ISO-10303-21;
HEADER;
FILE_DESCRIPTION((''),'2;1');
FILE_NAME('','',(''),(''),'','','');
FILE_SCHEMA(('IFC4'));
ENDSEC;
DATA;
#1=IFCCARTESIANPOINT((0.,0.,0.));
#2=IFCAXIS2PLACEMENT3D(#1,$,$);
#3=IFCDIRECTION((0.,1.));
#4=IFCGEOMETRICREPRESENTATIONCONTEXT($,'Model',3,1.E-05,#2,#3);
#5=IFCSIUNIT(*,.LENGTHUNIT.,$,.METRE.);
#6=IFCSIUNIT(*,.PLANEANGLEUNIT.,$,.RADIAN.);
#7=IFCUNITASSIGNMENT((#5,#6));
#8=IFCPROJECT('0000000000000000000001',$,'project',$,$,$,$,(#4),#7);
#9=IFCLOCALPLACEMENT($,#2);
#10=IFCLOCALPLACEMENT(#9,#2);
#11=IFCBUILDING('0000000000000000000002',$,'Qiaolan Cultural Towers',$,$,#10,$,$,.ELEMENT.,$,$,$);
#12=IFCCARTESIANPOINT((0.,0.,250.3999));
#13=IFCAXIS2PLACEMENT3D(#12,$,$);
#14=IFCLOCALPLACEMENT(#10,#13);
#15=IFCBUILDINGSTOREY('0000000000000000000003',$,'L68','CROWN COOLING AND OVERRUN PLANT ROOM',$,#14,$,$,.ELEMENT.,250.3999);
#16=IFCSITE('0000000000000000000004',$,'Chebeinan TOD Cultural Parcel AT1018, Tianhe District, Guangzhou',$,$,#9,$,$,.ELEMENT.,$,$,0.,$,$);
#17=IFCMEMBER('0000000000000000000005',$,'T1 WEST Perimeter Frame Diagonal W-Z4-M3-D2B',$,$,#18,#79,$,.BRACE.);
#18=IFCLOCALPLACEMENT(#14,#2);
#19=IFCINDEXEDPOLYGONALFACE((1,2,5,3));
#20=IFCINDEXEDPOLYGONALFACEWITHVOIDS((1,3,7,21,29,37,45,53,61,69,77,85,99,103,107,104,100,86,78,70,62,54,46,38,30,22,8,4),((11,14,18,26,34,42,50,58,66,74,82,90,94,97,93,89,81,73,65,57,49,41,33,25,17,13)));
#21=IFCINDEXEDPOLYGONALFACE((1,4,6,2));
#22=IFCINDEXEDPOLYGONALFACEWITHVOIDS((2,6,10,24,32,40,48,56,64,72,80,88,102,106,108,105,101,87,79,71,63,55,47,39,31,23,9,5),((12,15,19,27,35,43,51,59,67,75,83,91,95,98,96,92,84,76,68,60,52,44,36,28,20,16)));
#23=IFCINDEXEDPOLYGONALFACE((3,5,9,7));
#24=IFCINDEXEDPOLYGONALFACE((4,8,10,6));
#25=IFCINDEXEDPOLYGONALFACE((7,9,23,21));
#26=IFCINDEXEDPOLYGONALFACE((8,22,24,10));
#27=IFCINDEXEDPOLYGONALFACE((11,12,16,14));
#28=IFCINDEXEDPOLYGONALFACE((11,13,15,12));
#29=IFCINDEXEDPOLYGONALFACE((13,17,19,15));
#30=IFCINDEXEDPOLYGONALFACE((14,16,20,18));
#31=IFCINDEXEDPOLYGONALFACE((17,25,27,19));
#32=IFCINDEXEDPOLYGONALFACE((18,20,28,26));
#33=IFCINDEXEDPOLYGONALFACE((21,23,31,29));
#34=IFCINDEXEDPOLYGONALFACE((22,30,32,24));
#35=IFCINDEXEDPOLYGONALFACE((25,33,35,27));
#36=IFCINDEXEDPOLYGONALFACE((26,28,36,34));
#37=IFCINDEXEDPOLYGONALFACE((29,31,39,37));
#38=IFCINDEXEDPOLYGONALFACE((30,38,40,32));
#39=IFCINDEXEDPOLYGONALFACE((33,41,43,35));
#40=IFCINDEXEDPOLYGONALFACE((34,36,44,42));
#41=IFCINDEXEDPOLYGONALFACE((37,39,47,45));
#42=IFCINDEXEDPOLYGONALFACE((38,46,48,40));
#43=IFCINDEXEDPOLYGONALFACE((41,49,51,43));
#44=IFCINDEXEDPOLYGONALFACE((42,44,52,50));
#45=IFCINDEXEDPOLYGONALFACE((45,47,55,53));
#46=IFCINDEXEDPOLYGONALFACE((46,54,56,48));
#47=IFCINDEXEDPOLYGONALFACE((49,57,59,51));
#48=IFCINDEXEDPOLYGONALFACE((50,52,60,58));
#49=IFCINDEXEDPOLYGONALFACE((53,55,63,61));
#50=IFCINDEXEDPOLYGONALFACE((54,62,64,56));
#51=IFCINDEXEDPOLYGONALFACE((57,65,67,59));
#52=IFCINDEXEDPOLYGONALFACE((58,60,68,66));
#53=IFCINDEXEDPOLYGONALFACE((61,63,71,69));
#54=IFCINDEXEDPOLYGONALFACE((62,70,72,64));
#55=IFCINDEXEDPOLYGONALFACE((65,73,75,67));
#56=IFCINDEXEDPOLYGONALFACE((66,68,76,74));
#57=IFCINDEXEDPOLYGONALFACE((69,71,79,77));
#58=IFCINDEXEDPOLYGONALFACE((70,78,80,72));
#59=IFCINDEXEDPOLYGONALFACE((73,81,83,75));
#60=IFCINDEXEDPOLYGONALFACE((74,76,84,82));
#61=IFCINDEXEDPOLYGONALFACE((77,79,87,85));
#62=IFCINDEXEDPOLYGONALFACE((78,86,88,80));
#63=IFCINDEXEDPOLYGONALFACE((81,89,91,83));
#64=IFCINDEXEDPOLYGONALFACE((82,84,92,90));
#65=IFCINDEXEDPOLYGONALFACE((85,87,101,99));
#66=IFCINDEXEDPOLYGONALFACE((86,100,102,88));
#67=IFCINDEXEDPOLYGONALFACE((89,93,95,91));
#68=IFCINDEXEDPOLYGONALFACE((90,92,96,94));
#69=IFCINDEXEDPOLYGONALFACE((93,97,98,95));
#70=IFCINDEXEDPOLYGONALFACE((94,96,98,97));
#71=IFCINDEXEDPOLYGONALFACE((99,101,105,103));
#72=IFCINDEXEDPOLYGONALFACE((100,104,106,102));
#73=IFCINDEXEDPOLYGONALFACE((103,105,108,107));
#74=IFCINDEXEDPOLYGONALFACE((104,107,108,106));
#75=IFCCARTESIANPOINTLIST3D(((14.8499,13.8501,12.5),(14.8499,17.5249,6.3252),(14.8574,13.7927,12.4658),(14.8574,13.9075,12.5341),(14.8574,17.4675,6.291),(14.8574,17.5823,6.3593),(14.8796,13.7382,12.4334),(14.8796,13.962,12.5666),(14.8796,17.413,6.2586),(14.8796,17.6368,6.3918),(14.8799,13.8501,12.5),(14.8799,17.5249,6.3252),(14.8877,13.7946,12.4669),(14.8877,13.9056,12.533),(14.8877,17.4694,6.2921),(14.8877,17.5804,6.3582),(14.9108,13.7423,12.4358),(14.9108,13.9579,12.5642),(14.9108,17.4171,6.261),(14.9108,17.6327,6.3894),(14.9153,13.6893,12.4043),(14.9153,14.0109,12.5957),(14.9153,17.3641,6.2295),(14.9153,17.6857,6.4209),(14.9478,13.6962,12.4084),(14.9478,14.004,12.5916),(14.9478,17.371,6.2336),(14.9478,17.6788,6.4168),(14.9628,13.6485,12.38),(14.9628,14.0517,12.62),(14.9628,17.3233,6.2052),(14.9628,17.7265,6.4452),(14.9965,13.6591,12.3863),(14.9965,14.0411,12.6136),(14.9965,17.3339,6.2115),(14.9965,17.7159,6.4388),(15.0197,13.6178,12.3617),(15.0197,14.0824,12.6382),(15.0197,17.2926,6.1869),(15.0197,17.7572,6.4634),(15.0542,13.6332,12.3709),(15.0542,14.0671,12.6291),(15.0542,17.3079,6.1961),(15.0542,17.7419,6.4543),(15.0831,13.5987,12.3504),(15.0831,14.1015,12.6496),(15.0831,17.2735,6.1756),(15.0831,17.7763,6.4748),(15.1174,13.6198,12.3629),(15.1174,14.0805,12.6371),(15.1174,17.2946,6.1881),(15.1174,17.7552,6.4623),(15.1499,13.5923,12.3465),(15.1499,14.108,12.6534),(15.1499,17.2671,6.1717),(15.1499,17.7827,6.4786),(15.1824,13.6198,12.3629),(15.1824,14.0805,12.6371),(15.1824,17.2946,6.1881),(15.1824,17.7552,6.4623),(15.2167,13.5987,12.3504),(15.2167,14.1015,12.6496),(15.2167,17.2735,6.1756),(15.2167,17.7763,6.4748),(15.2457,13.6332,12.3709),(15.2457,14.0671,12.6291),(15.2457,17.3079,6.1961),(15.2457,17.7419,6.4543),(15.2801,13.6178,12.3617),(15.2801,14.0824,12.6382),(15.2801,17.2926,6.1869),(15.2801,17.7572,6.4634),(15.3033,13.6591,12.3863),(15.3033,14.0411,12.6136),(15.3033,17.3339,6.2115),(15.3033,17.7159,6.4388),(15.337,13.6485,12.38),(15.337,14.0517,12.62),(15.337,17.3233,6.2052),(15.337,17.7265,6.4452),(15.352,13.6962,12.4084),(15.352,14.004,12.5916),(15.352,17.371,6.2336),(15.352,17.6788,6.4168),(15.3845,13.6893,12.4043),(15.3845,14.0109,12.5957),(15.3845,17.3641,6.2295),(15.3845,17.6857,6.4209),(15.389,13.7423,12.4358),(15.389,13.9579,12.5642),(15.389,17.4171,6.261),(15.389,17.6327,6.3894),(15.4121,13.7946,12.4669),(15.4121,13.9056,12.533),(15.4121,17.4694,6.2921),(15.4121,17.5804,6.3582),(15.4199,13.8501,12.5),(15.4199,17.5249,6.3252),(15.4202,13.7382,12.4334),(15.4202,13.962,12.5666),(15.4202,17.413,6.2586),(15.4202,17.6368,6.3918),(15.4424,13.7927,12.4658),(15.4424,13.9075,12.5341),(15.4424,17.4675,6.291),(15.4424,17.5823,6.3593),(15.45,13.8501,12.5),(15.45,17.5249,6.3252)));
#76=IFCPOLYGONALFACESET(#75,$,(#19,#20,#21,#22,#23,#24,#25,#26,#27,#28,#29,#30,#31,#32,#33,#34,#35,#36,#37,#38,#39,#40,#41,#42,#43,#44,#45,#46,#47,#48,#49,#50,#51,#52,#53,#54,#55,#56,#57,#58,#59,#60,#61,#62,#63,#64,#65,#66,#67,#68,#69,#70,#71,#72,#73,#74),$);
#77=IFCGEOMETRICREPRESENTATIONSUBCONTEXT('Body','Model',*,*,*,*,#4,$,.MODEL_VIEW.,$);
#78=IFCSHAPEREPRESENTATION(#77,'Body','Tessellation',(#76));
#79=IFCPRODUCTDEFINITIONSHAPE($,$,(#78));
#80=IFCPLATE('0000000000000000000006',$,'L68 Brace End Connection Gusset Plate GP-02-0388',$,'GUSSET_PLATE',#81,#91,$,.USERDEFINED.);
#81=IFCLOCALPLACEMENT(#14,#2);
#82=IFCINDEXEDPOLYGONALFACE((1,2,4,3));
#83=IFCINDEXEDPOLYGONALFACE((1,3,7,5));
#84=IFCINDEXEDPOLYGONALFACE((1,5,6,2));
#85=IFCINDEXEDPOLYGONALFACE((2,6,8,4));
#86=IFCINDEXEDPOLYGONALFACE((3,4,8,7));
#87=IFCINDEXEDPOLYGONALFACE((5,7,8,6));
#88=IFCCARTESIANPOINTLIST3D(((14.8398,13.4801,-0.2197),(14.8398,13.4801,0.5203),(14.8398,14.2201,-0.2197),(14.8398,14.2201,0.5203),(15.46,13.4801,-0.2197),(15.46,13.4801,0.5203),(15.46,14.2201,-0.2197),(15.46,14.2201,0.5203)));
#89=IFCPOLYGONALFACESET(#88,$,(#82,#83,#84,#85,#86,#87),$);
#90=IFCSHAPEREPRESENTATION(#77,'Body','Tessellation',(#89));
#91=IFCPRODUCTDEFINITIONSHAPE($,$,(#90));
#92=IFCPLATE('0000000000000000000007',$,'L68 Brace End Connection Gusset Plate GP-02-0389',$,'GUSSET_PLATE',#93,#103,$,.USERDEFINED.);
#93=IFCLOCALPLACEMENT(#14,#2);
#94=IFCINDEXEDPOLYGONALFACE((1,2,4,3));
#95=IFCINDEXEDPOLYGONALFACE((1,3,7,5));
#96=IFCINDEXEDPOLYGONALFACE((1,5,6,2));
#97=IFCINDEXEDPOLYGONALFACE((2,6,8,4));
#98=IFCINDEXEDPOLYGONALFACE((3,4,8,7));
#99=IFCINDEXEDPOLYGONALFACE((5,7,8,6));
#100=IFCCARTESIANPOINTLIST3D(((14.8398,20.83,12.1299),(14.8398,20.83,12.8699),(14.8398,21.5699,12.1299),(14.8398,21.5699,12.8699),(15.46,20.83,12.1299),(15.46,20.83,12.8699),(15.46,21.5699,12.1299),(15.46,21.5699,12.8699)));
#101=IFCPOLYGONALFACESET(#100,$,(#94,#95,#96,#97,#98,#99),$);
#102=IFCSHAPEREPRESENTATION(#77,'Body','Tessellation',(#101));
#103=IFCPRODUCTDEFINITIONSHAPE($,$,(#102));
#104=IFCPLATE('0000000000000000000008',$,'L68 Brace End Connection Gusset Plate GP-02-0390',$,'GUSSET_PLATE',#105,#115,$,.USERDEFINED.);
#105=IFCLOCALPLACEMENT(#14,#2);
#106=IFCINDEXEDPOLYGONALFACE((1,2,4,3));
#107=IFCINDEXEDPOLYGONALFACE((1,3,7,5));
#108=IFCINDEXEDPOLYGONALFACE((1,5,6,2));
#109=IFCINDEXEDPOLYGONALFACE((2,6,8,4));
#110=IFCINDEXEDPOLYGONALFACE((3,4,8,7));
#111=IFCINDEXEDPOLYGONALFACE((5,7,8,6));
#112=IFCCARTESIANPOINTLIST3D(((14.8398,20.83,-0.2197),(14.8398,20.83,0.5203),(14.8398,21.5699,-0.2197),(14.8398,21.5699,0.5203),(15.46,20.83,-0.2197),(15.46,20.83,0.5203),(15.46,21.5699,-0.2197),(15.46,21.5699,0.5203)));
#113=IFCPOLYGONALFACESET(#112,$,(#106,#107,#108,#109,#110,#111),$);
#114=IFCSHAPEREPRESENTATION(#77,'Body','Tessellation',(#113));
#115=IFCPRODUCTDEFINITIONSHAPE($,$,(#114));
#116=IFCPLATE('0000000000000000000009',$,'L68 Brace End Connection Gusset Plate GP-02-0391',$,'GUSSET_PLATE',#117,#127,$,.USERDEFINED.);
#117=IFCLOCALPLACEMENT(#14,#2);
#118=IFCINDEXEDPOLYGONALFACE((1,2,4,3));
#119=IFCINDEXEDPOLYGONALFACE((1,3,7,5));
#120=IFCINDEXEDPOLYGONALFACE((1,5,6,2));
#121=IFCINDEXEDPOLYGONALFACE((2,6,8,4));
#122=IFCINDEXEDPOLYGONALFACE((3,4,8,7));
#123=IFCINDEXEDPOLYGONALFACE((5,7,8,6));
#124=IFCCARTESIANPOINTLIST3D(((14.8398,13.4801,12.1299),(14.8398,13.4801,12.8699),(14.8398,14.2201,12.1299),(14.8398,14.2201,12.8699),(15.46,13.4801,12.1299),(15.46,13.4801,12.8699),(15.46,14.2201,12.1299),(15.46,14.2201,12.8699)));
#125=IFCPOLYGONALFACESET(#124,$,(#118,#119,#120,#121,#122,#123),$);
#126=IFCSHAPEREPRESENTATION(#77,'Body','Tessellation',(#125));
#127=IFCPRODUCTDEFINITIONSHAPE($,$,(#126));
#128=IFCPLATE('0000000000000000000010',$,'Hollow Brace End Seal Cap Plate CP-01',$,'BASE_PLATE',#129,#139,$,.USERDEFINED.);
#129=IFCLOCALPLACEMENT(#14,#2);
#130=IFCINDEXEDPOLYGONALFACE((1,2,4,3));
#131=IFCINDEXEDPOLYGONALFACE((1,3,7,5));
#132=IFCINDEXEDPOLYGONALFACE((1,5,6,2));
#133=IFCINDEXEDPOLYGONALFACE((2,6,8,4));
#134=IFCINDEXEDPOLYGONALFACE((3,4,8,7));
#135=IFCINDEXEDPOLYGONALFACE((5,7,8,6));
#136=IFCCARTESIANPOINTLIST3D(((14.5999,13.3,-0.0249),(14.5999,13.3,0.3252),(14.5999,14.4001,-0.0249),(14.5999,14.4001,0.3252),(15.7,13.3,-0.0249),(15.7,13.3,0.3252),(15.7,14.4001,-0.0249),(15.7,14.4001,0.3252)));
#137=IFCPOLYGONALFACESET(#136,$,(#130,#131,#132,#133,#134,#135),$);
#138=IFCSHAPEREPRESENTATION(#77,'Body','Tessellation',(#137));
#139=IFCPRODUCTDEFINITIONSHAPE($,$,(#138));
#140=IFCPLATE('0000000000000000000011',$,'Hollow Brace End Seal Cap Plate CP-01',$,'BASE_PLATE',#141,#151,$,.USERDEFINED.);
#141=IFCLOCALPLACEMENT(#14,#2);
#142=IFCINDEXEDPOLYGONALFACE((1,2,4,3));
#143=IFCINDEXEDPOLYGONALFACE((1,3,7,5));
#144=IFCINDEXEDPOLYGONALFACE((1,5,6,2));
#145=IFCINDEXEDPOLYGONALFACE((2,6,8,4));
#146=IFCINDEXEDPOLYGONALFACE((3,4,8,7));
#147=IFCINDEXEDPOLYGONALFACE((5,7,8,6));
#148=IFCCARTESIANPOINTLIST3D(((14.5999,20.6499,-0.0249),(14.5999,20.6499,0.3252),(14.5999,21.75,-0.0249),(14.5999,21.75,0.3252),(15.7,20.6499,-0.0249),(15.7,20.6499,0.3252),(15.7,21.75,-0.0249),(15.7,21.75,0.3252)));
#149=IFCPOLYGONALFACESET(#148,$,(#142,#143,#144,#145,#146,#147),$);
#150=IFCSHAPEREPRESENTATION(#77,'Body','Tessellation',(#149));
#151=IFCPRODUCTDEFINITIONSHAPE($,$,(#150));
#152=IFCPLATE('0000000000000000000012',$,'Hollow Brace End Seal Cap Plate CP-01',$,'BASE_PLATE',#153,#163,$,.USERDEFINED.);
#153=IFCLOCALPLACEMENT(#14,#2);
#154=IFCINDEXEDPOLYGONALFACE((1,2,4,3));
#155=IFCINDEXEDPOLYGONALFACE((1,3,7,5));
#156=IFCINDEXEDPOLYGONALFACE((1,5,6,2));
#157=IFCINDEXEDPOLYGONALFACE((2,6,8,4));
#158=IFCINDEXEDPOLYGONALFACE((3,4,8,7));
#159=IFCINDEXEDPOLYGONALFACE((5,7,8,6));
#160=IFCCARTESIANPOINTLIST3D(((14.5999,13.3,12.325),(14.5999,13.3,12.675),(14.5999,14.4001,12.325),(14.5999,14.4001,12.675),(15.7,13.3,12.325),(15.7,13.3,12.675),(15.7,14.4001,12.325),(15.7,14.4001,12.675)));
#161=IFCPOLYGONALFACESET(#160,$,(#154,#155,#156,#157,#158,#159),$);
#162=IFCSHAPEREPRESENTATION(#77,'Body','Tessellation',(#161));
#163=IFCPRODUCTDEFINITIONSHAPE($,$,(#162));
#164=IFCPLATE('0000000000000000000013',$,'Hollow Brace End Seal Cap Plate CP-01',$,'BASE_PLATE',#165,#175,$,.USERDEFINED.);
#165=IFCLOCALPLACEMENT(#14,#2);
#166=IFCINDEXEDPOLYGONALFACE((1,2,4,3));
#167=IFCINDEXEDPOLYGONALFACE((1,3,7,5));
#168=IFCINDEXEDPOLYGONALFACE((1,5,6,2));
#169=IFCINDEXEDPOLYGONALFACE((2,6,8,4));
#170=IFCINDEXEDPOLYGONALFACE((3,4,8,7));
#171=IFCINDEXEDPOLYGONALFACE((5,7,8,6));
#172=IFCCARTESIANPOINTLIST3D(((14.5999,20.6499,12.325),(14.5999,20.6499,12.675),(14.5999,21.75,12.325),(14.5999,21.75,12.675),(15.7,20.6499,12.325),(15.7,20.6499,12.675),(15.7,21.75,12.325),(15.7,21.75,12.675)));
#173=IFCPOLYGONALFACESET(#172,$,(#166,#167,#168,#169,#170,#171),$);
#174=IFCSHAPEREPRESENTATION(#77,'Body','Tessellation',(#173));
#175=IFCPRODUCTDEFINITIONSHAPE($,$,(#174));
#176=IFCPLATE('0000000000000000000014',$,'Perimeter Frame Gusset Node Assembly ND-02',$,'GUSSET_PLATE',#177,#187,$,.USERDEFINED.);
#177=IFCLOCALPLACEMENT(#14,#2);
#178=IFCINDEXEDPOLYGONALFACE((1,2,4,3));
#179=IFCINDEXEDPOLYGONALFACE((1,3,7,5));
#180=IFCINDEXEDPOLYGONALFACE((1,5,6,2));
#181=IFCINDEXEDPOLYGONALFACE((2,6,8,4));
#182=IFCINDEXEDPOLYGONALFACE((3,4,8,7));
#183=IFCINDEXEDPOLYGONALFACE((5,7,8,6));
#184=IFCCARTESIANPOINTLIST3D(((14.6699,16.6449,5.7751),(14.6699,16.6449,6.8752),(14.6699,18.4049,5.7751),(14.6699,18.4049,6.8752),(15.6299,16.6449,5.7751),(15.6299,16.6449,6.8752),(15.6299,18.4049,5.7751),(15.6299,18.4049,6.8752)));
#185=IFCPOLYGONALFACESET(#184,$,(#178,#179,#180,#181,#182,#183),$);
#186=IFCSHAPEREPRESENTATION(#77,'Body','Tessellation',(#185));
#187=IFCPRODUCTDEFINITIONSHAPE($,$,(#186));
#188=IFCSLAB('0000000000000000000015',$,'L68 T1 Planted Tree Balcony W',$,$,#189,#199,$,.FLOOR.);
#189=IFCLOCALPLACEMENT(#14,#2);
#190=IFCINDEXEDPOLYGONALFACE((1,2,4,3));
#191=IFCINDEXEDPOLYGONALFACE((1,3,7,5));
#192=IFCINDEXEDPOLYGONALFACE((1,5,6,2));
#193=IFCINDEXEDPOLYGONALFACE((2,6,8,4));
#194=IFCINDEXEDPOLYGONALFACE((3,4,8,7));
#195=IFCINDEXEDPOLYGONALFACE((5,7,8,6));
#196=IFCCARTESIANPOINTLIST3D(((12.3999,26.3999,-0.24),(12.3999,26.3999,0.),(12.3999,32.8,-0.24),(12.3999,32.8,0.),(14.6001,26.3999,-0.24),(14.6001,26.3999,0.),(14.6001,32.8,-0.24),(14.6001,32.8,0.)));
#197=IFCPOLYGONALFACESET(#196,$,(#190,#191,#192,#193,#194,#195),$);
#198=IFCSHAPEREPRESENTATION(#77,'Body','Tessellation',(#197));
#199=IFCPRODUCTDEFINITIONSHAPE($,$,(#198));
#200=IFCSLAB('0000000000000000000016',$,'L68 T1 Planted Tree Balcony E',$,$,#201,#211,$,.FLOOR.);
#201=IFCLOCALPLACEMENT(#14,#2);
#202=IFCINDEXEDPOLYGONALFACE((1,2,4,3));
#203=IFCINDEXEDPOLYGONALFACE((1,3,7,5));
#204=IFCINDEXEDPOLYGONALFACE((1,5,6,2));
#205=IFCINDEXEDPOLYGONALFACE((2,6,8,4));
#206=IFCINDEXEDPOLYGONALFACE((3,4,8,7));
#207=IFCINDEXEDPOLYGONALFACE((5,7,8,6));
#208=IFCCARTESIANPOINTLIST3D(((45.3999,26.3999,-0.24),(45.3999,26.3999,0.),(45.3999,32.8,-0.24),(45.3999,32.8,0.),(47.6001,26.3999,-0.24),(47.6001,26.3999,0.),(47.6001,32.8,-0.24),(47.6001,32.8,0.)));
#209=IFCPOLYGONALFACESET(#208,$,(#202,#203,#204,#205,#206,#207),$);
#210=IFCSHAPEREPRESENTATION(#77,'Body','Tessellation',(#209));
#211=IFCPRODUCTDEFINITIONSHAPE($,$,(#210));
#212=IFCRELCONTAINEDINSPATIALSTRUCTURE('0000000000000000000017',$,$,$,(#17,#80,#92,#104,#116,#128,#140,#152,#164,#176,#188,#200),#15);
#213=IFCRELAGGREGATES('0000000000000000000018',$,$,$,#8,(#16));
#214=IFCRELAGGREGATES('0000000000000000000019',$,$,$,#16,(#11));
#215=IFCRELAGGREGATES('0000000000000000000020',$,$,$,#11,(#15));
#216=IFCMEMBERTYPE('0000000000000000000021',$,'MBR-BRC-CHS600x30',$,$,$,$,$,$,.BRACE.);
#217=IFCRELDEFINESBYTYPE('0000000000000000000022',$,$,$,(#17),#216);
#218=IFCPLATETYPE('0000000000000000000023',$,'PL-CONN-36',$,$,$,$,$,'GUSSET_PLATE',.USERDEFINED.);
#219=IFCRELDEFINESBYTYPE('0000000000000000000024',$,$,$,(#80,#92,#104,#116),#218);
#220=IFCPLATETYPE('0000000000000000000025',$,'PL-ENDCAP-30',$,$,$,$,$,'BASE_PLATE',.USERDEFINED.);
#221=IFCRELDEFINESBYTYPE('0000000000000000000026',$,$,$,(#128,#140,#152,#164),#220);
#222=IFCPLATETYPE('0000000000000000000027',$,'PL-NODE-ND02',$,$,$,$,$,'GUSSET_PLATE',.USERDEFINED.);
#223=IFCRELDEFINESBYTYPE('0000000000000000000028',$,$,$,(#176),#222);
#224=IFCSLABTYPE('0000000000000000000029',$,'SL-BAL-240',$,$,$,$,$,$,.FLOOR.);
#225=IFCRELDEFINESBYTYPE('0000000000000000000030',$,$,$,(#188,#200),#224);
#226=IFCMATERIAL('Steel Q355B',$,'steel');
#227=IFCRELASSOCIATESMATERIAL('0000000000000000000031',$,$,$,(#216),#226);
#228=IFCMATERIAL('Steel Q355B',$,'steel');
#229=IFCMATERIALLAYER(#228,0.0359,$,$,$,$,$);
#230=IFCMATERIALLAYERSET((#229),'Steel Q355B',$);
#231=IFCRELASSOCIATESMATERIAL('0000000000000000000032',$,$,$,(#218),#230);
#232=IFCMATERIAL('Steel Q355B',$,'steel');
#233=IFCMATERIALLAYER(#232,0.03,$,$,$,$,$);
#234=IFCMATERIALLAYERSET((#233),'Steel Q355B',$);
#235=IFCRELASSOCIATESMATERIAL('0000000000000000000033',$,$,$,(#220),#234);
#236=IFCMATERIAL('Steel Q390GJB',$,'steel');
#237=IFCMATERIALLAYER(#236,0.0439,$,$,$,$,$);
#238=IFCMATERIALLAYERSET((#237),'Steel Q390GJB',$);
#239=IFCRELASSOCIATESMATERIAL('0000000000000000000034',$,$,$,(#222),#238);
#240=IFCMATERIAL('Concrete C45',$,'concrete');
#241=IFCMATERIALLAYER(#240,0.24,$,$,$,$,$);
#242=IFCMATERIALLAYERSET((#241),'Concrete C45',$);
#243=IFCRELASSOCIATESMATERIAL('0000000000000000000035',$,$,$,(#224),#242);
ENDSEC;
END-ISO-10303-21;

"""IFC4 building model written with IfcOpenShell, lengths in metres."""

from ifc_helpers import new_model, si_unit, direction, frame, origin, origin_2d, place, context, subcontext, project, spatial, polyline, rectangle, hollow_circle, outline, extrude, material, layer, layer_set, material_profile, profile_set, type_object, element, save


model = new_model("IFC4")

# Units and contexts
model_context = context("Model", 3, precision=1e-05, world=origin(), true_north=direction((0.0, 1.0)))
body_context = subcontext(model_context, "Body", "Model", "MODEL_VIEW")
ifc_project = project(units=[si_unit("LENGTHUNIT", "METRE"), si_unit("PLANEANGLEUNIT", "RADIAN")], contexts=[model_context])

# Site, building, storey
site_placement = place(None, origin())
site = spatial("IfcSite", under=ifc_project, at=site_placement, Name="Chebeinan TOD Cultural Parcel AT1018, Tianhe District, Guangzhou", CompositionType="ELEMENT", RefElevation=0.0)
building_placement = place(site_placement, origin())
building = spatial("IfcBuilding", under=site, at=building_placement, Name="Qiaolan Cultural Towers", CompositionType="ELEMENT")
storey_placement = place(building_placement, frame((0.0, 0.0, 250.3999)))
storey = spatial("IfcBuildingStorey", under=building, at=storey_placement, Name="L68", Description="CROWN COOLING AND OVERRUN PLANT ROOM", CompositionType="ELEMENT", Elevation=250.3999)

# Member
ifc_material_1 = material(Name="Steel Q355B", Category="steel")
ifc_material_profile = material_profile(ifc_material_1, hollow_circle(Radius=0.3, WallThickness=0.03, at=origin_2d()), Name="CHS600x30")
ifc_profile_set = profile_set([ifc_material_profile], Name="Steel Q355B")
member_type = type_object("IfcMemberType", Name="MBR-BRC-CHS600x30", PredefinedType="BRACE", material=ifc_profile_set)
member_placement = place(storey_placement, frame((15.1499, 17.5249, 6.3252), z_axis=(0.0, -0.511415, 0.859334), x_axis=(1.0, 0.0, 0.0)))
element("IfcMember", 1, at=member_placement, inside=storey, type_object=member_type, Name="T1 WEST Perimeter Frame Diagonal W-Z4-M3-D2B", PredefinedType="BRACE", context=body_context, shape_type="SweptSolid", body=[
    extrude(hollow_circle(Radius=0.3, WallThickness=0.03, at=origin_2d()), origin(), (0.0, 0.0, 1.0), 7.1855),
])

# Plates
ifc_material_2 = material(Name="Steel Q355B", Category="steel")
ifc_layer_1 = layer(ifc_material_2, 0.0359)
ifc_layer_set_1 = layer_set([ifc_layer_1], Name="Steel Q355B")
plate_type_1 = type_object("IfcPlateType", Name="PL-CONN-36", ElementType="GUSSET_PLATE", PredefinedType="USERDEFINED", material=ifc_layer_set_1)
for number, where, z_axis, x_axis, name in (
    (2, (15.1499, 13.8501, -0.2197), (0.0, 0.0, 1.0), (0.0, 1.0, 0.0), "L68 Brace End Connection Gusset Plate GP-02-0388"),
    (3, (15.1499, 21.2, 12.1299), (0.0, 0.0, 1.0), (0.0, 1.0, 0.0), "L68 Brace End Connection Gusset Plate GP-02-0389"),
    (4, (15.1499, 21.2, -0.2197), (0.0, 0.0, 1.0), (0.0, 1.0, 0.0), "L68 Brace End Connection Gusset Plate GP-02-0390"),
    (5, (15.1499, 13.8501, 12.1299), (0.0, 0.0, 1.0), (0.0, 1.0, 0.0), "L68 Brace End Connection Gusset Plate GP-02-0391"),
):
    element("IfcPlate", number, at=place(storey_placement, frame(where, z_axis=z_axis, x_axis=x_axis)), inside=storey, type_object=plate_type_1, Name=name, ObjectType="GUSSET_PLATE", PredefinedType="USERDEFINED", context=body_context, shape_type="SweptSolid", body=[
        extrude(rectangle(XDim=0.74, YDim=0.6201, at=origin_2d()), origin(), (0.0, 0.0, 1.0), 0.74),
    ])
ifc_material_3 = material(Name="Steel Q355B", Category="steel")
ifc_layer_2 = layer(ifc_material_3, 0.03)
ifc_layer_set_2 = layer_set([ifc_layer_2], Name="Steel Q355B")
plate_type_2 = type_object("IfcPlateType", Name="PL-ENDCAP-30", ElementType="BASE_PLATE", PredefinedType="USERDEFINED", material=ifc_layer_set_2)
for number, where, z_axis, x_axis, name in (
    (6, (15.1499, 13.8501, -0.0249), (0.0, 0.0, 1.0), (0.0, 1.0, 0.0), "Hollow Brace End Seal Cap Plate CP-01"),
    (7, (15.1499, 21.2, -0.0249), (0.0, 0.0, 1.0), (0.0, 1.0, 0.0), "Hollow Brace End Seal Cap Plate CP-01"),
    (8, (15.1499, 13.8501, 12.325), (0.0, 0.0, 1.0), (0.0, 1.0, 0.0), "Hollow Brace End Seal Cap Plate CP-01"),
    (9, (15.1499, 21.2, 12.325), (0.0, 0.0, 1.0), (0.0, 1.0, 0.0), "Hollow Brace End Seal Cap Plate CP-01"),
):
    element("IfcPlate", number, at=place(storey_placement, frame(where, z_axis=z_axis, x_axis=x_axis)), inside=storey, type_object=plate_type_2, Name=name, ObjectType="BASE_PLATE", PredefinedType="USERDEFINED", context=body_context, shape_type="SweptSolid", body=[
        extrude(rectangle(XDim=1.1001, YDim=1.1001, at=origin_2d()), origin(), (0.0, 0.0, 1.0), 0.3501),
    ])
ifc_material_4 = material(Name="Steel Q390GJB", Category="steel")
ifc_layer_3 = layer(ifc_material_4, 0.0439)
ifc_layer_set_3 = layer_set([ifc_layer_3], Name="Steel Q390GJB")
plate_type_3 = type_object("IfcPlateType", Name="PL-NODE-ND02", ElementType="GUSSET_PLATE", PredefinedType="USERDEFINED", material=ifc_layer_set_3)
plate_placement = place(storey_placement, frame((15.1499, 17.5249, 5.7751), z_axis=(0.0, 0.0, 1.0), x_axis=(0.0, 1.0, 0.0)))
element("IfcPlate", 10, at=plate_placement, inside=storey, type_object=plate_type_3, Name="Perimeter Frame Gusset Node Assembly ND-02", ObjectType="GUSSET_PLATE", PredefinedType="USERDEFINED", context=body_context, shape_type="SweptSolid", body=[
    extrude(rectangle(XDim=1.76, YDim=0.96, at=origin_2d()), origin(), (0.0, 0.0, 1.0), 1.1001),
])

# Slabs
ifc_material_5 = material(Name="Concrete C45", Category="concrete")
ifc_layer_4 = layer(ifc_material_5, 0.24)
ifc_layer_set_4 = layer_set([ifc_layer_4], Name="Concrete C45")
slab_type_1 = type_object("IfcSlabType", Name="SL-BAL-240", PredefinedType="FLOOR", material=ifc_layer_set_4)
slab_1_placement = place(storey_placement, frame((0.0, 0.0, -0.24)))
element("IfcSlab", 11, at=slab_1_placement, inside=storey, type_object=slab_type_1, Name="L68 T1 Planted Tree Balcony W", PredefinedType="FLOOR", context=body_context, shape_type="SweptSolid", body=[
    extrude(outline(polyline([(12.3999, 26.3999), (14.6001, 26.3999), (14.6001, 32.8), (12.3999, 32.8), (12.3999, 26.3999)])), origin(), (0.0, 0.0, 1.0), 0.24),
])
slab_2_placement = place(storey_placement, frame((0.0, 0.0, -0.24)))
element("IfcSlab", 12, at=slab_2_placement, inside=storey, type_object=slab_type_1, Name="L68 T1 Planted Tree Balcony E", PredefinedType="FLOOR", context=body_context, shape_type="SweptSolid", body=[
    extrude(outline(polyline([(45.3999, 26.3999), (47.6001, 26.3999), (47.6001, 32.8), (45.3999, 32.8), (45.3999, 26.3999)])), origin(), (0.0, 0.0, 1.0), 0.24),
])

save(model, "model.ifc")
